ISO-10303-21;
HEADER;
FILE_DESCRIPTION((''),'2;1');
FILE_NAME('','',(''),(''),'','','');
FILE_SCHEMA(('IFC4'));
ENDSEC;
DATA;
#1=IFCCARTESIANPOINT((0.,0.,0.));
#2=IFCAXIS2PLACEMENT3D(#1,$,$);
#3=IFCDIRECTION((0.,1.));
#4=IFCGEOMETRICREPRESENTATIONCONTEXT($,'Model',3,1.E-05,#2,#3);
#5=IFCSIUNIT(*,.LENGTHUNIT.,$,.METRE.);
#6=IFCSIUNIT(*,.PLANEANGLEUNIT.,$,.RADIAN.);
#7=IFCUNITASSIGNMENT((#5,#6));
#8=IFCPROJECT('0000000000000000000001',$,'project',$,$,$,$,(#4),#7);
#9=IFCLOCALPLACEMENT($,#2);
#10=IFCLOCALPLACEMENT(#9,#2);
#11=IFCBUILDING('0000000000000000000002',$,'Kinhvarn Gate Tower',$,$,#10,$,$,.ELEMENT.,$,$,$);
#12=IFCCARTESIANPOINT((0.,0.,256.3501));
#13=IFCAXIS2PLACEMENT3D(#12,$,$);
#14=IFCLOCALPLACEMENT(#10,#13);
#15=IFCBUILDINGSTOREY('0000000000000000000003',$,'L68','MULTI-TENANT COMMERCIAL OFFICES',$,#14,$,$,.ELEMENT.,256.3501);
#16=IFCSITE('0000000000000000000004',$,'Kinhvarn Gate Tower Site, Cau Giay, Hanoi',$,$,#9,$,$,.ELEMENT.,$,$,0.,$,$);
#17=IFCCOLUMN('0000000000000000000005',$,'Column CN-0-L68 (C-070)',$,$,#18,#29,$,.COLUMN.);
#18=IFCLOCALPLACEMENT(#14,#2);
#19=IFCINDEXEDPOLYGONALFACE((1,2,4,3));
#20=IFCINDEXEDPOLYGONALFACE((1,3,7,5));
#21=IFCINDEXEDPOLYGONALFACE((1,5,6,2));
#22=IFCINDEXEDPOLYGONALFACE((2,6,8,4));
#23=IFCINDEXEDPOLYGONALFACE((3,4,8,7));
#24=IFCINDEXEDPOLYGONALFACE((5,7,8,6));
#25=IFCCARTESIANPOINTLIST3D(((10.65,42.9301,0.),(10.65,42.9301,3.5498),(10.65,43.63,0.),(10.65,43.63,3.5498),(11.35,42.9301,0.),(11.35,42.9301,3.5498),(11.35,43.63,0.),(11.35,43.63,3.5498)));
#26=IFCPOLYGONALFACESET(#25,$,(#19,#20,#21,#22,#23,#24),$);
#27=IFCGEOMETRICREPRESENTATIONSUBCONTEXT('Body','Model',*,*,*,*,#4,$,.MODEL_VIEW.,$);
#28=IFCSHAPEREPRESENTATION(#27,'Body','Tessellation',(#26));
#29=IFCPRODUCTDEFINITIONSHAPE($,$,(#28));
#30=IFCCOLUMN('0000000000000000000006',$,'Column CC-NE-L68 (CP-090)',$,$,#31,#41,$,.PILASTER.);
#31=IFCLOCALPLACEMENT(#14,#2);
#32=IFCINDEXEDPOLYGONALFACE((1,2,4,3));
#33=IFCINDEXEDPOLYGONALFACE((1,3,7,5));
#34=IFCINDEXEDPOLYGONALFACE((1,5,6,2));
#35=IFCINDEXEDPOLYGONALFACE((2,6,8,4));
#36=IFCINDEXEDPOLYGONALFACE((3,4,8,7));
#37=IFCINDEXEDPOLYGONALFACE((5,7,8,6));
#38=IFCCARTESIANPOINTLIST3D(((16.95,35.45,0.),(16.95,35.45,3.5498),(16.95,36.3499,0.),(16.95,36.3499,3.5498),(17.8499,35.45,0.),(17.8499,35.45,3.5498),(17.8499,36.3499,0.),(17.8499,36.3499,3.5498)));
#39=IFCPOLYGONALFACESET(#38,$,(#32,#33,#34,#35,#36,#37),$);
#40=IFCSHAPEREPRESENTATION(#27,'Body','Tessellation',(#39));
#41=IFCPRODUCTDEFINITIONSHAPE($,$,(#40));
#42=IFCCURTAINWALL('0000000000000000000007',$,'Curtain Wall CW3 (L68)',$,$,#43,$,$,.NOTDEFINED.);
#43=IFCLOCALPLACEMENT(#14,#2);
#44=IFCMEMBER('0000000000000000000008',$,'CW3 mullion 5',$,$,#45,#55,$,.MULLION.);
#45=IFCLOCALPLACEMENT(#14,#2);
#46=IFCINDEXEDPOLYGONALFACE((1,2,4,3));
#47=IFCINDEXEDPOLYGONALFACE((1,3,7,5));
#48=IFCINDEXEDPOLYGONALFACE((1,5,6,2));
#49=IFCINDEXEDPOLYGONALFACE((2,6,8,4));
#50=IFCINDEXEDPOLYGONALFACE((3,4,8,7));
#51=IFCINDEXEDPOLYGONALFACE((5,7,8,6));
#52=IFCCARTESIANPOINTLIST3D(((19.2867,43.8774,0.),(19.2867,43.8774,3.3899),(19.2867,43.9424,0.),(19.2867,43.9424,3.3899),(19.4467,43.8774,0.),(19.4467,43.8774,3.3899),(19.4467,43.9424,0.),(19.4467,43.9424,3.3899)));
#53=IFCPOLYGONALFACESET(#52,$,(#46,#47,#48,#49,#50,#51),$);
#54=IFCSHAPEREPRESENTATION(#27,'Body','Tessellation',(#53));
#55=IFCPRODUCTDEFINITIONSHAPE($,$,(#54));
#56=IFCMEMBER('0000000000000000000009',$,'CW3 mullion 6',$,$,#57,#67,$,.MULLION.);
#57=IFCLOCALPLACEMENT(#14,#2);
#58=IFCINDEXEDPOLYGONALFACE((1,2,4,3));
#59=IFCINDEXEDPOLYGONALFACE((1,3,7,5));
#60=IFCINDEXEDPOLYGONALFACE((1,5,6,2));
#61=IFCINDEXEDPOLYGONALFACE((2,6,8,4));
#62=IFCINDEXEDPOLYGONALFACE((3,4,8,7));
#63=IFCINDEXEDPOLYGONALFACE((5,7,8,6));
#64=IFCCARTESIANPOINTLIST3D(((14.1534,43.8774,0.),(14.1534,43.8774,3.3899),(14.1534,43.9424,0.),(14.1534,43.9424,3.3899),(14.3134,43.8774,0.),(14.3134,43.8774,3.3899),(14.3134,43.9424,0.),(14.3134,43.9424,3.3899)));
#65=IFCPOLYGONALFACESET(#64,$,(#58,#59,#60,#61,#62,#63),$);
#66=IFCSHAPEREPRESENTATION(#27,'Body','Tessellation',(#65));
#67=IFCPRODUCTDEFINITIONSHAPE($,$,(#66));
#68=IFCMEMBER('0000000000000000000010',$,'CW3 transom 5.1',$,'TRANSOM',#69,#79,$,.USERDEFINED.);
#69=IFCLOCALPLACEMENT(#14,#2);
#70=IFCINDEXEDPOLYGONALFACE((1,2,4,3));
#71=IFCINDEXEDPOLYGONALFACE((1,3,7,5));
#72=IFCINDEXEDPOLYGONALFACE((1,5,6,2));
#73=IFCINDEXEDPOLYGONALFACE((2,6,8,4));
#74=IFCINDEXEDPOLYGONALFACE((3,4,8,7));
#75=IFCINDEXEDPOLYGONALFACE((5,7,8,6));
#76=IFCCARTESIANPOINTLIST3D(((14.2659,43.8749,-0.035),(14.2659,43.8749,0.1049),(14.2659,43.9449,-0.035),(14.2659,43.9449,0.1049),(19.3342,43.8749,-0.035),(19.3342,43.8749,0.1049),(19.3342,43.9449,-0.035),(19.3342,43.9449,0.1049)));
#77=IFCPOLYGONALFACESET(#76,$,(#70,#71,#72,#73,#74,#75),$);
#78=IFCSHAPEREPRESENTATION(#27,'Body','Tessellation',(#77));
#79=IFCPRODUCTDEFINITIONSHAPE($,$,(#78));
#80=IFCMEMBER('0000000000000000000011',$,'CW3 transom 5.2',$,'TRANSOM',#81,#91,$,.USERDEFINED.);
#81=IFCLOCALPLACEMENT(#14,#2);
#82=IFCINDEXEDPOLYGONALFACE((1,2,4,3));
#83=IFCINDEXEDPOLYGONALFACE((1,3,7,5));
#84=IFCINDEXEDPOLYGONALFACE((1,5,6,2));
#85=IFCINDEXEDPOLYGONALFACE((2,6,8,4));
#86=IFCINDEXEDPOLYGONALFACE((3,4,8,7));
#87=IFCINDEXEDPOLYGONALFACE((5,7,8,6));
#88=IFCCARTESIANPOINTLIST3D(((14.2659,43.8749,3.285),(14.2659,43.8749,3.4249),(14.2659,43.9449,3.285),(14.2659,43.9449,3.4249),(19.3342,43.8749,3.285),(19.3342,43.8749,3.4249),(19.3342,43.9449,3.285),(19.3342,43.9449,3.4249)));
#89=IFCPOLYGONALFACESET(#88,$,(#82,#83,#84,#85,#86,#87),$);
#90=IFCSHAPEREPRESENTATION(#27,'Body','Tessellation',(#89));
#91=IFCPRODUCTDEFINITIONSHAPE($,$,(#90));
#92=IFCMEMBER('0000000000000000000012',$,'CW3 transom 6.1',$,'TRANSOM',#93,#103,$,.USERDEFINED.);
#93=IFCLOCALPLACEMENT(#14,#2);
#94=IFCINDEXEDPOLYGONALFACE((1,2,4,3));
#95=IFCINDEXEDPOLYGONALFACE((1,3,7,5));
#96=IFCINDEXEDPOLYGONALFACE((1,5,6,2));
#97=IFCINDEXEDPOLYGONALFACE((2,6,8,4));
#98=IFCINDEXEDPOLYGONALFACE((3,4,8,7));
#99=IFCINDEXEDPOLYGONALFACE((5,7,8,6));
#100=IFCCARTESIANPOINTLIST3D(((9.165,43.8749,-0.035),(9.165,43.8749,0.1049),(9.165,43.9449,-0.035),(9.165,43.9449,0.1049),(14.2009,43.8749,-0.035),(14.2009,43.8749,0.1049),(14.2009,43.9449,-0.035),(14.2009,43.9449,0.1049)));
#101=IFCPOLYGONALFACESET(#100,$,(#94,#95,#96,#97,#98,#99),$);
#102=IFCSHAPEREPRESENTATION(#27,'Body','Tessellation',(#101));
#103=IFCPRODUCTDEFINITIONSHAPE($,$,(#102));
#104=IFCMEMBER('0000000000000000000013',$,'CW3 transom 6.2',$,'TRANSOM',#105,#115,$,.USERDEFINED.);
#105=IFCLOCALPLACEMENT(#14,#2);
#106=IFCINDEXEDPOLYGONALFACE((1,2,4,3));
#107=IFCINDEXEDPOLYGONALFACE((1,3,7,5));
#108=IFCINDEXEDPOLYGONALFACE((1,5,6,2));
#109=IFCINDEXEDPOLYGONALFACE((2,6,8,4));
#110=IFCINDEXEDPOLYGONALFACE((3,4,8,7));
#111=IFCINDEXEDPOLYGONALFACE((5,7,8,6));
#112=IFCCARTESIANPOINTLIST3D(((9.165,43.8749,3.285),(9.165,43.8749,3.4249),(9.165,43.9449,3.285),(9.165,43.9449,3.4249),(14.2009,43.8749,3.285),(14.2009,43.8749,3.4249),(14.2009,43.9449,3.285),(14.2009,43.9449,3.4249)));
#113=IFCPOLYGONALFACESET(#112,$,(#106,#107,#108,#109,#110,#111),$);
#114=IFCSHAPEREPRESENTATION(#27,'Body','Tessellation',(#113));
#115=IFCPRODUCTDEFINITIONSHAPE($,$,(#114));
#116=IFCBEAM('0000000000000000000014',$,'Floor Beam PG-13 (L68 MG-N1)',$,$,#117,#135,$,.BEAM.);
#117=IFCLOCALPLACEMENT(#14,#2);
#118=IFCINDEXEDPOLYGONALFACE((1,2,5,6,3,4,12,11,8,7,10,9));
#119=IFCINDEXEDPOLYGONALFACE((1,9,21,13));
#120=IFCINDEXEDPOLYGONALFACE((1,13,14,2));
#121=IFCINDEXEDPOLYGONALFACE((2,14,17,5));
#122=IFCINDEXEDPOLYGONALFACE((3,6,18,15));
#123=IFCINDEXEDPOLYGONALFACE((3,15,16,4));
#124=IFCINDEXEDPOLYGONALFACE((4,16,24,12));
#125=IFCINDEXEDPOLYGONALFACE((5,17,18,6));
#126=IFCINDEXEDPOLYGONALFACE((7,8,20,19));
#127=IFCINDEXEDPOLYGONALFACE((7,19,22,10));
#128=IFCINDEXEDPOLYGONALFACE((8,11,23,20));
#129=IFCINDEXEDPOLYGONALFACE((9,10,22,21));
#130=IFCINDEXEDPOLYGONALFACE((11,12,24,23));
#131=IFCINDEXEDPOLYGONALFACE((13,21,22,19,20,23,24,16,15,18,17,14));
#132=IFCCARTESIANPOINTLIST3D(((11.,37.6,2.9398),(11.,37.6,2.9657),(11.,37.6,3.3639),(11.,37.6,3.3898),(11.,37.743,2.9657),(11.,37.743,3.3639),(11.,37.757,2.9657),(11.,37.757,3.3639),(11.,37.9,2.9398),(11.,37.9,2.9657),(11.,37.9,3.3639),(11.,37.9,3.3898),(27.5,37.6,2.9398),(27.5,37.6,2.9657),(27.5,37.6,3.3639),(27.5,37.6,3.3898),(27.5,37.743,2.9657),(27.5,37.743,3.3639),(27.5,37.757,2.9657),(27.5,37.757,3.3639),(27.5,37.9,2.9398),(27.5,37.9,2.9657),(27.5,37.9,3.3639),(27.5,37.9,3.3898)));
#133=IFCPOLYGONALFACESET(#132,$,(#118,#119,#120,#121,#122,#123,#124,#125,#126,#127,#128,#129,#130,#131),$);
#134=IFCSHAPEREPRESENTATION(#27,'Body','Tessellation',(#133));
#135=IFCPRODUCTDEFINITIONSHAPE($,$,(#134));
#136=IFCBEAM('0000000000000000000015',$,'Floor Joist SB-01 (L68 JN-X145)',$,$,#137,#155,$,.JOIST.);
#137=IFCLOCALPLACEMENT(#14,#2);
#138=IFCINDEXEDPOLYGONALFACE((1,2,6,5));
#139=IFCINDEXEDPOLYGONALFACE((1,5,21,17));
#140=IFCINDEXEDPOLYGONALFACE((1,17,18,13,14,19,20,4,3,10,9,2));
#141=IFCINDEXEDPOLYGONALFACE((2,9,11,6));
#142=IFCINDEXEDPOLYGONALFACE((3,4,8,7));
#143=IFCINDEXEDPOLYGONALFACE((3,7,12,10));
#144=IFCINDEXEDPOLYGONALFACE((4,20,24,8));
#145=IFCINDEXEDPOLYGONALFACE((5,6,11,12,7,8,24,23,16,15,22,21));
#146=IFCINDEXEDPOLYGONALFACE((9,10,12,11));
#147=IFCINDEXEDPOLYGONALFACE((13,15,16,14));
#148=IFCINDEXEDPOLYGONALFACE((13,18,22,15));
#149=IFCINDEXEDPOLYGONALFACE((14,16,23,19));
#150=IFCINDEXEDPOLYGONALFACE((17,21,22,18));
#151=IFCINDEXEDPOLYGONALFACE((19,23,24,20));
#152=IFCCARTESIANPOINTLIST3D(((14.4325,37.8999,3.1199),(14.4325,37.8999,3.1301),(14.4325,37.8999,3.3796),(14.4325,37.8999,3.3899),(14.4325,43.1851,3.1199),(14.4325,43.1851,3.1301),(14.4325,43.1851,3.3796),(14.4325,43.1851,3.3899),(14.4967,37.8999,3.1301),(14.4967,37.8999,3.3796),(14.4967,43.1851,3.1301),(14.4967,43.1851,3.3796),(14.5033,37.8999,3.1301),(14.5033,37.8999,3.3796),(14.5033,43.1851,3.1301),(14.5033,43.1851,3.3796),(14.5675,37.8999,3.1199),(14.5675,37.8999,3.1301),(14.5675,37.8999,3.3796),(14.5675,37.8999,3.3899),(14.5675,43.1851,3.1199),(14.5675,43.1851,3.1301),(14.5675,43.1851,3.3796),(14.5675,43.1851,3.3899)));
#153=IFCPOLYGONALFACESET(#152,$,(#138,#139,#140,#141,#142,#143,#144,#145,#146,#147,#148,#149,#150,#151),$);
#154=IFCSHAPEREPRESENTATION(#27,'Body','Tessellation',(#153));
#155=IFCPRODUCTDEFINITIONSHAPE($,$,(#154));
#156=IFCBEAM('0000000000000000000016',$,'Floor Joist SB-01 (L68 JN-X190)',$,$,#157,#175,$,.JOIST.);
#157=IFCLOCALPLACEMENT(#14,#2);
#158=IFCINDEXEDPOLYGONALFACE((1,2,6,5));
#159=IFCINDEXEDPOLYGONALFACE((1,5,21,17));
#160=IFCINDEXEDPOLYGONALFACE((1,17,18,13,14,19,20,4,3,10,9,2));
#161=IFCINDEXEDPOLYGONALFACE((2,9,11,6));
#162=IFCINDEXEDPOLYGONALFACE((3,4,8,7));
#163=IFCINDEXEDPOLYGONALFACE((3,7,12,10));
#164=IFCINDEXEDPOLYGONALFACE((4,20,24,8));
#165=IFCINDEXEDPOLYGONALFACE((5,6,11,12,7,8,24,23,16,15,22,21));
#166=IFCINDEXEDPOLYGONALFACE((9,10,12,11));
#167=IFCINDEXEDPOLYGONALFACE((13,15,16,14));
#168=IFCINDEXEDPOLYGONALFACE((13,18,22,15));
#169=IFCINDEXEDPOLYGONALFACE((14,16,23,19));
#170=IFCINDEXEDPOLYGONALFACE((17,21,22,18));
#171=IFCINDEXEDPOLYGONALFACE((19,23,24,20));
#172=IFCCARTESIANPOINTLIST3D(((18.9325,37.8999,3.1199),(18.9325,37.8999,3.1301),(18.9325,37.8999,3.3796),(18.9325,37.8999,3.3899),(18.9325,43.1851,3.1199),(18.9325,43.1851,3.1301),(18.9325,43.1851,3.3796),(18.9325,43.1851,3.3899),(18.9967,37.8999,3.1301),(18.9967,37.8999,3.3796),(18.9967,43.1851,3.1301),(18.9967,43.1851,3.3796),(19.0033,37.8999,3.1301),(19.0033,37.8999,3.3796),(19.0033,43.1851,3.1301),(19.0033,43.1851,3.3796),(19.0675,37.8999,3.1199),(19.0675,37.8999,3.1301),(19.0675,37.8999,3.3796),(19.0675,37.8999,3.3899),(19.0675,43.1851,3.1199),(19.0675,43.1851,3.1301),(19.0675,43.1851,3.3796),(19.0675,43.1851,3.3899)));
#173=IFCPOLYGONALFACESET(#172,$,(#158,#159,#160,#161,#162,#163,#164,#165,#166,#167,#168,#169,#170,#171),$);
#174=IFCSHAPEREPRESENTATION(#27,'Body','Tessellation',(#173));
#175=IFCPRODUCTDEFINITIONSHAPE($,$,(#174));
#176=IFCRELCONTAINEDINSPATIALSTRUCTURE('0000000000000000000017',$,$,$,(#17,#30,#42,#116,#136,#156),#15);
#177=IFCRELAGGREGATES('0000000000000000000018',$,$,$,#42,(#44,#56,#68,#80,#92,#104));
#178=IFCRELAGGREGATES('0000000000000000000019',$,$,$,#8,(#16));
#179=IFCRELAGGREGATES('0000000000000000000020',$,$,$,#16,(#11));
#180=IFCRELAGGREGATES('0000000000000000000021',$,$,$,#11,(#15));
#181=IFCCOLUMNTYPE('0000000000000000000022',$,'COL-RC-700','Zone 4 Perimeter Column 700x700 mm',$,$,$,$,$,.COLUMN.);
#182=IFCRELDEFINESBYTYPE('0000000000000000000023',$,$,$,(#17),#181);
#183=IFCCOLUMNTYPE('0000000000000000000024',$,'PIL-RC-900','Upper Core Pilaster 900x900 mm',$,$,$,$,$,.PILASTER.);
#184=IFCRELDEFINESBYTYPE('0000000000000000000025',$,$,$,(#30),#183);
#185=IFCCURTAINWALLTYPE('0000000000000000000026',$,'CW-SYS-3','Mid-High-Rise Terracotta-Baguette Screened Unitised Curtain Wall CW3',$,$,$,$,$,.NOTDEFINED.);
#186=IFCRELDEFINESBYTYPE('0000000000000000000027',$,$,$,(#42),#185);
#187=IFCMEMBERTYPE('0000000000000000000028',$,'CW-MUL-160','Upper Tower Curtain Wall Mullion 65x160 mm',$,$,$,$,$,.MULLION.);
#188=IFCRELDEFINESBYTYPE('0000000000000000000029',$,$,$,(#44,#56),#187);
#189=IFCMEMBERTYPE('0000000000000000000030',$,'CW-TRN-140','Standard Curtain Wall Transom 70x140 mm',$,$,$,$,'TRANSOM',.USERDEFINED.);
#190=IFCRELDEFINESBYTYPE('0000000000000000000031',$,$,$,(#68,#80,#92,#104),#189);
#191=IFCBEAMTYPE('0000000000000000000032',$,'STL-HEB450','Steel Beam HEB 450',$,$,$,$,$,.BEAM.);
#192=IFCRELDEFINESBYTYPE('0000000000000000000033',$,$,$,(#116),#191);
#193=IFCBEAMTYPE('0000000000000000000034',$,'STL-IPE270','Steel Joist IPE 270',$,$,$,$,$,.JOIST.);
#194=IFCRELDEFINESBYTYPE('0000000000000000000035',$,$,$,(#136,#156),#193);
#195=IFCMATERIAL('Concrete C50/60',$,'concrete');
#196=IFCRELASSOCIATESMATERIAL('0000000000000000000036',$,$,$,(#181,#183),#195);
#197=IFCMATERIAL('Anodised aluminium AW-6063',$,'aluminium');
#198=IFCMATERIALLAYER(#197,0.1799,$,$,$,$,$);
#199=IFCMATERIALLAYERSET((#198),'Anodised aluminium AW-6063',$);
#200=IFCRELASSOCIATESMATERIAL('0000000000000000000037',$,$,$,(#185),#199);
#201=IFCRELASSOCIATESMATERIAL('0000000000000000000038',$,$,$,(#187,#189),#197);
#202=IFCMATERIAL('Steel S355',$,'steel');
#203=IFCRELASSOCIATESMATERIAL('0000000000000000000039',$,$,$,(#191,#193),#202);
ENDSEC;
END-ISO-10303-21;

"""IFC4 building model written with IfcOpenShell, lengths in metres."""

from ifc_helpers import new_model, si_unit, direction, frame, origin, origin_2d, place, context, subcontext, project, spatial, rectangle, i_section, extrude, material, layer, layer_set, material_profile, profile_set, type_object, element, aggregate, save


model = new_model("IFC4")

# Units and contexts
model_context = context("Model", 3, precision=1e-05, world=origin(), true_north=direction((0.0, 1.0)))
body_context = subcontext(model_context, "Body", "Model", "MODEL_VIEW")
ifc_project = project(units=[si_unit("LENGTHUNIT", "METRE"), si_unit("PLANEANGLEUNIT", "RADIAN")], contexts=[model_context])

# Site, building, storey
site_placement = place(None, origin())
site = spatial("IfcSite", under=ifc_project, at=site_placement, Name="Kinhvarn Gate Tower Site, Cau Giay, Hanoi", CompositionType="ELEMENT", RefElevation=0.0)
building_placement = place(site_placement, origin())
building = spatial("IfcBuilding", under=site, at=building_placement, Name="Kinhvarn Gate Tower", CompositionType="ELEMENT")
storey_placement = place(building_placement, frame((0.0, 0.0, 256.3501)))
storey = spatial("IfcBuildingStorey", under=building, at=storey_placement, Name="L68", Description="MULTI-TENANT COMMERCIAL OFFICES", CompositionType="ELEMENT", Elevation=256.3501)

# Columns
ifc_material_1 = material(Name="Concrete C50/60", Category="concrete")
ifc_material_profile_1 = material_profile(ifc_material_1, rectangle(XDim=0.7, YDim=0.7, at=origin_2d()), Name="RC 700x700")
ifc_profile_set_1 = profile_set([ifc_material_profile_1], Name="Concrete C50/60")
column_type_1 = type_object("IfcColumnType", Name="COL-RC-700", Description="Zone 4 Perimeter Column 700x700 mm", PredefinedType="COLUMN", material=ifc_profile_set_1)
column_1_placement = place(storey_placement, frame((11.0, 43.28, 0.0), z_axis=(0.0, 0.0, 1.0), x_axis=(1.0, 0.0, 0.0)))
element("IfcColumn", 1, at=column_1_placement, inside=storey, type_object=column_type_1, Name="Column CN-0-L68 (C-070)", PredefinedType="COLUMN", context=body_context, shape_type="SweptSolid", body=[
    extrude(rectangle(XDim=0.7, YDim=0.7, at=origin_2d()), origin(), (0.0, 0.0, 1.0), 3.5498),
])
ifc_material_profile_2 = material_profile(ifc_material_1, rectangle(XDim=0.8999, YDim=0.8999, at=origin_2d()), Name="RC 900x900")
ifc_profile_set_2 = profile_set([ifc_material_profile_2], Name="Concrete C50/60")
column_type_2 = type_object("IfcColumnType", Name="PIL-RC-900", Description="Upper Core Pilaster 900x900 mm", PredefinedType="PILASTER", material=ifc_profile_set_2)
column_2_placement = place(storey_placement, frame((17.3999, 35.8999, 0.0), z_axis=(0.0, 0.0, 1.0), x_axis=(1.0, 0.0, 0.0)))
element("IfcColumn", 2, at=column_2_placement, inside=storey, type_object=column_type_2, Name="Column CC-NE-L68 (CP-090)", PredefinedType="PILASTER", context=body_context, shape_type="SweptSolid", body=[
    extrude(rectangle(XDim=0.8999, YDim=0.8999, at=origin_2d()), origin(), (0.0, 0.0, 1.0), 3.5498),
])

# Curtain wall, members
ifc_material_2 = material(Name="Anodised aluminium AW-6063", Category="aluminium")
ifc_layer_1 = layer(ifc_material_2, 0.1799)
ifc_layer_set_1 = layer_set([ifc_layer_1], Name="Anodised aluminium AW-6063")
curtain_wall_type = type_object("IfcCurtainWallType", Name="CW-SYS-3", Description="Mid-High-Rise Terracotta-Baguette Screened Unitised Curtain Wall CW3", PredefinedType="NOTDEFINED", material=ifc_layer_set_1)
curtain_wall_placement = place(storey_placement, origin())
curtain_wall = element("IfcCurtainWall", 3, at=curtain_wall_placement, inside=storey, type_object=curtain_wall_type, Name="Curtain Wall CW3 (L68)", PredefinedType="NOTDEFINED")
ifc_material_profile_3 = material_profile(ifc_material_2, rectangle(XDim=0.0649, YDim=0.1599, at=origin_2d()), Name="ALU 65x160")
ifc_profile_set_3 = profile_set([ifc_material_profile_3], Name="Anodised aluminium AW-6063")
member_type_1 = type_object("IfcMemberType", Name="CW-MUL-160", Description="Upper Tower Curtain Wall Mullion 65x160 mm", PredefinedType="MULLION", material=ifc_profile_set_3)
member_1_placement = place(storey_placement, frame((19.3667, 43.9099, 0.0), z_axis=(0.0, 0.0, 1.0), x_axis=(0.0, -1.0, 0.0)))
member_1 = element("IfcMember", 4, at=member_1_placement, type_object=member_type_1, Name="CW3 mullion 5", PredefinedType="MULLION", context=body_context, shape_type="SweptSolid", body=[
    extrude(rectangle(XDim=0.0649, YDim=0.1599, at=origin_2d()), origin(), (0.0, 0.0, 1.0), 3.3899),
])
member_2_placement = place(storey_placement, frame((14.2334, 43.9099, 0.0), z_axis=(0.0, 0.0, 1.0), x_axis=(0.0, -1.0, 0.0)))
member_2 = element("IfcMember", 5, at=member_2_placement, type_object=member_type_1, Name="CW3 mullion 6", PredefinedType="MULLION", context=body_context, shape_type="SweptSolid", body=[
    extrude(rectangle(XDim=0.0649, YDim=0.1599, at=origin_2d()), origin(), (0.0, 0.0, 1.0), 3.3899),
])
ifc_material_profile_4 = material_profile(ifc_material_2, rectangle(XDim=0.0701, YDim=0.1399, at=origin_2d()), Name="ALU 70x140")
ifc_profile_set_4 = profile_set([ifc_material_profile_4], Name="Anodised aluminium AW-6063")
member_type_2 = type_object("IfcMemberType", Name="CW-TRN-140", Description="Standard Curtain Wall Transom 70x140 mm", ElementType="TRANSOM", PredefinedType="USERDEFINED", material=ifc_profile_set_4)
member_3_placement = place(storey_placement, frame((19.3342, 43.9099, 0.0349), z_axis=(-1.0, 0.0, 0.0), x_axis=(0.0, -1.0, 0.0)))
member_3 = element("IfcMember", 6, at=member_3_placement, type_object=member_type_2, Name="CW3 transom 5.1", ObjectType="TRANSOM", PredefinedType="USERDEFINED", context=body_context, shape_type="SweptSolid", body=[
    extrude(rectangle(XDim=0.0701, YDim=0.1399, at=origin_2d()), origin(), (0.0, 0.0, 1.0), 5.0684),
])
member_4_placement = place(storey_placement, frame((19.3342, 43.9099, 3.355), z_axis=(-1.0, 0.0, 0.0), x_axis=(0.0, -1.0, 0.0)))
member_4 = element("IfcMember", 7, at=member_4_placement, type_object=member_type_2, Name="CW3 transom 5.2", ObjectType="TRANSOM", PredefinedType="USERDEFINED", context=body_context, shape_type="SweptSolid", body=[
    extrude(rectangle(XDim=0.0701, YDim=0.1399, at=origin_2d()), origin(), (0.0, 0.0, 1.0), 5.0684),
])
member_5_placement = place(storey_placement, frame((14.2009, 43.9099, 0.0349), z_axis=(-1.0, 0.0, 0.0), x_axis=(0.0, -1.0, 0.0)))
member_5 = element("IfcMember", 8, at=member_5_placement, type_object=member_type_2, Name="CW3 transom 6.1", ObjectType="TRANSOM", PredefinedType="USERDEFINED", context=body_context, shape_type="SweptSolid", body=[
    extrude(rectangle(XDim=0.0701, YDim=0.1399, at=origin_2d()), origin(), (0.0, 0.0, 1.0), 5.0359),
])
member_6_placement = place(storey_placement, frame((14.2009, 43.9099, 3.355), z_axis=(-1.0, 0.0, 0.0), x_axis=(0.0, -1.0, 0.0)))
member_6 = element("IfcMember", 9, at=member_6_placement, type_object=member_type_2, Name="CW3 transom 6.2", ObjectType="TRANSOM", PredefinedType="USERDEFINED", context=body_context, shape_type="SweptSolid", body=[
    extrude(rectangle(XDim=0.0701, YDim=0.1399, at=origin_2d()), origin(), (0.0, 0.0, 1.0), 5.0359),
])

# Beams
ifc_material_3 = material(Name="Steel S355", Category="steel")
ifc_material_profile_5 = material_profile(ifc_material_3, i_section(OverallWidth=0.3, OverallDepth=0.45, WebThickness=0.0139, FlangeThickness=0.0259, at=origin_2d()), Name="HEB 450")
ifc_profile_set_5 = profile_set([ifc_material_profile_5], Name="Steel S355")
beam_type_1 = type_object("IfcBeamType", Name="STL-HEB450", Description="Steel Beam HEB 450", PredefinedType="BEAM", material=ifc_profile_set_5)
beam_1_placement = place(storey_placement, frame((11.0, 37.75, 3.1648), z_axis=(1.0, 0.0, 0.0), x_axis=(0.0, 1.0, 0.0)))
element("IfcBeam", 10, at=beam_1_placement, inside=storey, type_object=beam_type_1, Name="Floor Beam PG-13 (L68 MG-N1)", PredefinedType="BEAM", context=body_context, shape_type="SweptSolid", body=[
    extrude(i_section(OverallWidth=0.3, OverallDepth=0.45, WebThickness=0.0139, FlangeThickness=0.0259, at=origin_2d()), origin(), (0.0, 0.0, 1.0), 16.5),
])
ifc_material_profile_6 = material_profile(ifc_material_3, i_section(OverallWidth=0.135, OverallDepth=0.27, WebThickness=0.0066, FlangeThickness=0.0103, at=origin_2d()), Name="IPE 270")
ifc_profile_set_6 = profile_set([ifc_material_profile_6], Name="Steel S355")
beam_type_2 = type_object("IfcBeamType", Name="STL-IPE270", Description="Steel Joist IPE 270", PredefinedType="JOIST", material=ifc_profile_set_6)
for number, where, z_axis, x_axis, name in (
    (11, (14.5, 37.8999, 3.2549), (0.0, 1.0, 0.0), (-1.0, 0.0, 0.0), "Floor Joist SB-01 (L68 JN-X145)"),
    (12, (19.0, 37.8999, 3.2549), (0.0, 1.0, 0.0), (-1.0, 0.0, 0.0), "Floor Joist SB-01 (L68 JN-X190)"),
):
    element("IfcBeam", number, at=place(storey_placement, frame(where, z_axis=z_axis, x_axis=x_axis)), inside=storey, type_object=beam_type_2, Name=name, PredefinedType="JOIST", context=body_context, shape_type="SweptSolid", body=[
        extrude(i_section(OverallWidth=0.135, OverallDepth=0.27, WebThickness=0.0066, FlangeThickness=0.0103, at=origin_2d()), origin(), (0.0, 0.0, 1.0), 5.2852),
    ])

aggregate(curtain_wall, [member_1, member_2, member_3, member_4, member_5, member_6])

save(model, "model.ifc")
